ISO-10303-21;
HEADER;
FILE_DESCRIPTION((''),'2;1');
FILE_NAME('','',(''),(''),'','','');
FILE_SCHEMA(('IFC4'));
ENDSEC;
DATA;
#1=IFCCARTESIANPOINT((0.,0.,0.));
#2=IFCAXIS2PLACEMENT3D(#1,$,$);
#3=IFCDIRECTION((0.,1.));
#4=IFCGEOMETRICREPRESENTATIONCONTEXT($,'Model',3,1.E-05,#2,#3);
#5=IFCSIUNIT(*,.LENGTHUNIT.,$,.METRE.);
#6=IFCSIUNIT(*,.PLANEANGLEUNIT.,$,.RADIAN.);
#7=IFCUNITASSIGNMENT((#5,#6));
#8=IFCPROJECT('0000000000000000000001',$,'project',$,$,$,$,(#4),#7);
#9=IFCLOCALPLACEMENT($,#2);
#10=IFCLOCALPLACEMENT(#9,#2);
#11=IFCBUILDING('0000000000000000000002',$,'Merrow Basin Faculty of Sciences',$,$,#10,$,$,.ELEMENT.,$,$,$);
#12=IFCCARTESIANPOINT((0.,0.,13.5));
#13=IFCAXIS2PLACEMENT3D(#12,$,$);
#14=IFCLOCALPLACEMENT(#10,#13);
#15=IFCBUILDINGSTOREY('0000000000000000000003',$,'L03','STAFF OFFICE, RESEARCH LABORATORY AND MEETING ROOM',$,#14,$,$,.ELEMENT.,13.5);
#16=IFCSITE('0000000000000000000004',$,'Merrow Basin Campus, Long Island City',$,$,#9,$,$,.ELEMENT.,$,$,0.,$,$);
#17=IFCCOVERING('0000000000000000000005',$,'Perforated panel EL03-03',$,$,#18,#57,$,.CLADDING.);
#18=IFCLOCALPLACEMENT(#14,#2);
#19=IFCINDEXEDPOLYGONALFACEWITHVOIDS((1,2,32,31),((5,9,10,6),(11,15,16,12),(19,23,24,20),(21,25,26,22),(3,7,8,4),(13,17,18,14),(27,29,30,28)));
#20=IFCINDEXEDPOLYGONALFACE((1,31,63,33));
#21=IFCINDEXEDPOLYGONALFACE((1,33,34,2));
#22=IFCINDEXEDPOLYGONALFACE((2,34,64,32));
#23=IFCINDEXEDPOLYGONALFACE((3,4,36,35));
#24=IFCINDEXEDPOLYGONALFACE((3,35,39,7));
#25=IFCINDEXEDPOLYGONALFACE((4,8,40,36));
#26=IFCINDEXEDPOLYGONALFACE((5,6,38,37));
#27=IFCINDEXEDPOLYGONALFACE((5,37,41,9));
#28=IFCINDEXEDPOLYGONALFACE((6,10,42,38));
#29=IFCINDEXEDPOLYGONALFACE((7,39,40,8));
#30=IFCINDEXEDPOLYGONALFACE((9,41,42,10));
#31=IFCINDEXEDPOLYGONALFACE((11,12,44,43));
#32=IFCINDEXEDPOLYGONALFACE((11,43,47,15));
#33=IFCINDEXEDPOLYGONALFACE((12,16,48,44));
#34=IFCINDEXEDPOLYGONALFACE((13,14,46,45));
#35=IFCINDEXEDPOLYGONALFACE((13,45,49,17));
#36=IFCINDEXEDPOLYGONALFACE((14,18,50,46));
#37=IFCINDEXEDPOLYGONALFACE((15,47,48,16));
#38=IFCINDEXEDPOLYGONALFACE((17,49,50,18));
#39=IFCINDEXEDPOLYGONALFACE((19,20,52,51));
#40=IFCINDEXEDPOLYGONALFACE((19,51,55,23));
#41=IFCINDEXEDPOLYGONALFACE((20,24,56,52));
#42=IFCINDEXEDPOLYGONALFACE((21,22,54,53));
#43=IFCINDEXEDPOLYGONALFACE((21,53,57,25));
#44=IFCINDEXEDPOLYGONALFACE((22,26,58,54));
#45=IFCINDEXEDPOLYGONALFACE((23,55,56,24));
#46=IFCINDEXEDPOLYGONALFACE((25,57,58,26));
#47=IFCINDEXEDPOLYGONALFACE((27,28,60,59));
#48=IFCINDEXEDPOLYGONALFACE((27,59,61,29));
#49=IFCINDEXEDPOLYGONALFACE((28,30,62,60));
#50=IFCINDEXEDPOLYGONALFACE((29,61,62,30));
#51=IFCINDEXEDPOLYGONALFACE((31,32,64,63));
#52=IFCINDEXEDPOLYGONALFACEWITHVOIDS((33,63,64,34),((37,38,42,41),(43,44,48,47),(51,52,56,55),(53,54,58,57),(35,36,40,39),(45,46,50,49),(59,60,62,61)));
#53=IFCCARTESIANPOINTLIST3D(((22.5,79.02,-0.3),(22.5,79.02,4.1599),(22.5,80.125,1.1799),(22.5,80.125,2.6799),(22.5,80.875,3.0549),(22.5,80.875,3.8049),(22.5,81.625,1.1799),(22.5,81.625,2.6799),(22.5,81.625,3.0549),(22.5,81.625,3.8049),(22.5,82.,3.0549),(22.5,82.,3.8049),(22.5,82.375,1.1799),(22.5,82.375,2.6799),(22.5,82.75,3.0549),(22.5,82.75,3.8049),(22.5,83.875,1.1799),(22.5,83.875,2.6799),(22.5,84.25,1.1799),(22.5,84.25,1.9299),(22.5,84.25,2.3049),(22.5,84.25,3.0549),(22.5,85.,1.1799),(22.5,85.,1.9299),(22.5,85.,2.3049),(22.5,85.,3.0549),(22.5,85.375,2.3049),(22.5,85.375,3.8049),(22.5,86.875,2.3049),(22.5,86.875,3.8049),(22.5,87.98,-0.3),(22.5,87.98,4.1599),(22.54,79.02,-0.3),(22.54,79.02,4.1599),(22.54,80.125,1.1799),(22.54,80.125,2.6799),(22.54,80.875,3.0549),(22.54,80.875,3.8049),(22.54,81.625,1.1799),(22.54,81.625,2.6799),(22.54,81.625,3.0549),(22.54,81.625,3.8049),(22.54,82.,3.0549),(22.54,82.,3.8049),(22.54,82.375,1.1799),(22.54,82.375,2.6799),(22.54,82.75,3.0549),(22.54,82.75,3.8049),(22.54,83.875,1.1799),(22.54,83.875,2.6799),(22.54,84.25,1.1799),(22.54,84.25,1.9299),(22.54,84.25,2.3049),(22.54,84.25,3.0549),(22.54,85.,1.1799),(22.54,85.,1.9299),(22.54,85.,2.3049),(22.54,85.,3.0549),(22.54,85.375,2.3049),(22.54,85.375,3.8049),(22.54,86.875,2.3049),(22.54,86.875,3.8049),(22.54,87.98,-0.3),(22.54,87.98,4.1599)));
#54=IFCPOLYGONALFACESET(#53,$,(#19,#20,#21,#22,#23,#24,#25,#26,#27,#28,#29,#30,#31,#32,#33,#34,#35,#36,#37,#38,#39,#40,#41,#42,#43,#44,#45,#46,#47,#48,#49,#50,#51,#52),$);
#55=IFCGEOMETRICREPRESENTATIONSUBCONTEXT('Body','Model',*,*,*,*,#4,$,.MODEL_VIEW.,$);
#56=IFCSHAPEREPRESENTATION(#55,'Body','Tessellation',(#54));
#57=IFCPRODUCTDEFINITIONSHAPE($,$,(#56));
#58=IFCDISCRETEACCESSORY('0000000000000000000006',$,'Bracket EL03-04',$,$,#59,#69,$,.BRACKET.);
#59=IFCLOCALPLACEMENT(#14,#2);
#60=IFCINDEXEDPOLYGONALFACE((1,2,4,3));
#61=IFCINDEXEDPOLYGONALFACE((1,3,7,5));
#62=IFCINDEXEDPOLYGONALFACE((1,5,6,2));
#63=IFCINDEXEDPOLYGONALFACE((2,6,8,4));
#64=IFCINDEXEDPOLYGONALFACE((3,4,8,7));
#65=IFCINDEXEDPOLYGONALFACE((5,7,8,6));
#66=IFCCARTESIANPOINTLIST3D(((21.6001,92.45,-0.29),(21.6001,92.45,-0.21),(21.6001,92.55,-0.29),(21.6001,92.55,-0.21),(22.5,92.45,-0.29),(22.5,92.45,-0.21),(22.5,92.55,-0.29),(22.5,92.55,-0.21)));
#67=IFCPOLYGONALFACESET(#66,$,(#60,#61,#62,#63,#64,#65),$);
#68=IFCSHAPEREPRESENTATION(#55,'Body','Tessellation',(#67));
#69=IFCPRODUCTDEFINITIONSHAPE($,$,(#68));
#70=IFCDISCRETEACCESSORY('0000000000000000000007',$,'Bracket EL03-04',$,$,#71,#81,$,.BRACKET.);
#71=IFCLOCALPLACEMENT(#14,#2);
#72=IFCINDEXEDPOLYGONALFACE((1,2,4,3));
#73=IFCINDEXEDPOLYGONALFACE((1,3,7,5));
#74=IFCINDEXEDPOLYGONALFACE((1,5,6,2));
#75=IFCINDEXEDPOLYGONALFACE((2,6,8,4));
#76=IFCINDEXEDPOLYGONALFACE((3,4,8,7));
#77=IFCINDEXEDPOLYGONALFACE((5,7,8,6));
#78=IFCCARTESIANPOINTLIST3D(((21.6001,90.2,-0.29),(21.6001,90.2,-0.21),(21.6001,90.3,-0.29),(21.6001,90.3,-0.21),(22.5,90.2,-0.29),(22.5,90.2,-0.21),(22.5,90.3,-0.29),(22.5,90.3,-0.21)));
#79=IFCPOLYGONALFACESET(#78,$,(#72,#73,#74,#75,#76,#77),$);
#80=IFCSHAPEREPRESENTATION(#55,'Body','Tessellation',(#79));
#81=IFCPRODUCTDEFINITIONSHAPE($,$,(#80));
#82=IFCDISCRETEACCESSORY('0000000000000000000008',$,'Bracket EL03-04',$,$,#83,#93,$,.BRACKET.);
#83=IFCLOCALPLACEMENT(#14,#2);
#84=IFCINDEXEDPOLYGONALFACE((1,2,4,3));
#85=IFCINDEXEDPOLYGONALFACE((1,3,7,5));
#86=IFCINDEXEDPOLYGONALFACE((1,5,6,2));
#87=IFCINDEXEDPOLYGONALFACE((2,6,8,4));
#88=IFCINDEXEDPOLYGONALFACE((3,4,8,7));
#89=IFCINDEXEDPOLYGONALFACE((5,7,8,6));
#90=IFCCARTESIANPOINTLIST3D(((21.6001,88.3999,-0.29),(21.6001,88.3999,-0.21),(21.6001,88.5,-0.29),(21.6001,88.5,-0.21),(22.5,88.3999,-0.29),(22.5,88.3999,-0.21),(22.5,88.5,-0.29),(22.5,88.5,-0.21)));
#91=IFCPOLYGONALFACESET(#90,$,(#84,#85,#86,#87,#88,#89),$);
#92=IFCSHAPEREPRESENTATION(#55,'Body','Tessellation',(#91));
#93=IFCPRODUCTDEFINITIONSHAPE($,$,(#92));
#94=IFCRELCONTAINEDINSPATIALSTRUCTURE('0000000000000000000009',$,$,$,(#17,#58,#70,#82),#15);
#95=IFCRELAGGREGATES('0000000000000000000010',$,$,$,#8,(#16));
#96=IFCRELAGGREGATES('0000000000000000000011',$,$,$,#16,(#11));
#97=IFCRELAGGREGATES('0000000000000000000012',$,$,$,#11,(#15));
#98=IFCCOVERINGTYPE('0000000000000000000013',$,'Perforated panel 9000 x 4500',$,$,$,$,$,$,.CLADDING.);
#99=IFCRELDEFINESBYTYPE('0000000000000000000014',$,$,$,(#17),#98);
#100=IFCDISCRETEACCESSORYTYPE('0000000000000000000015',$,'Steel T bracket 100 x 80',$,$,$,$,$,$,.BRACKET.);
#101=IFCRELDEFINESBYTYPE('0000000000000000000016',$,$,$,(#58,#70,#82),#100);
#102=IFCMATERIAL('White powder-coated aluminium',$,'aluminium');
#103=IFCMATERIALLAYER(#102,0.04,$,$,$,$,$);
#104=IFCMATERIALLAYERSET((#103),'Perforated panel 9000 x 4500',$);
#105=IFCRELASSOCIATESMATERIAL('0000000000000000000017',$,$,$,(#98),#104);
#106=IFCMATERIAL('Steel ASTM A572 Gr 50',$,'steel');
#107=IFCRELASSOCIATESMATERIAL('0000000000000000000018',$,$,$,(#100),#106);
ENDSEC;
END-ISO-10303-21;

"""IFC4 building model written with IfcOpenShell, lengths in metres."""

from ifc_helpers import new_model, si_unit, direction, frame, origin, place, context, subcontext, project, spatial, polyline, outline, extrude, source, transform, mapped, material, layer, layer_set, type_object, element, save


model = new_model("IFC4")

# Units and contexts
model_context = context("Model", 3, precision=1e-05, world=origin(), true_north=direction((0.0, 1.0)))
body_context = subcontext(model_context, "Body", "Model", "MODEL_VIEW")
ifc_project = project(units=[si_unit("LENGTHUNIT", "METRE"), si_unit("PLANEANGLEUNIT", "RADIAN")], contexts=[model_context])

# Site, building, storey
site_placement = place(None, origin())
site = spatial("IfcSite", under=ifc_project, at=site_placement, Name="Merrow Basin Campus, Long Island City", CompositionType="ELEMENT", RefElevation=0.0)
building_placement = place(site_placement, origin())
building = spatial("IfcBuilding", under=site, at=building_placement, Name="Merrow Basin Faculty of Sciences", CompositionType="ELEMENT")
storey_placement = place(building_placement, frame((0.0, 0.0, 13.5)))
storey = spatial("IfcBuildingStorey", under=building, at=storey_placement, Name="L03", Description="STAFF OFFICE, RESEARCH LABORATORY AND MEETING ROOM", CompositionType="ELEMENT", Elevation=13.5)

# Covering
ifc_material_1 = material(Name="White powder-coated aluminium", Category="aluminium")
ifc_layer = layer(ifc_material_1, 0.04)
ifc_layer_set = layer_set([ifc_layer], Name="Perforated panel 9000 x 4500")
covering_type = type_object("IfcCoveringType", Name="Perforated panel 9000 x 4500", PredefinedType="CLADDING", material=ifc_layer_set)
shared_shape_1 = source(origin(), body_context, "Body", "SweptSolid", [
    extrude(outline(polyline([(0.02, 0.02), (8.98, 0.02), (8.98, 4.48), (0.02, 4.48), (0.02, 0.02)]), holes=[polyline([(6.375, 1.5), (7.875, 1.5), (7.875, 3.0), (6.375, 3.0), (6.375, 1.5)]), polyline([(4.125, 1.5), (5.625, 1.5), (5.625, 3.0), (4.125, 3.0), (4.125, 1.5)]), polyline([(3.0, 1.5), (3.75, 1.5), (3.75, 2.25), (3.0, 2.25), (3.0, 1.5)]), polyline([(3.0, 2.625), (3.75, 2.625), (3.75, 3.375), (3.0, 3.375), (3.0, 2.625)]), polyline([(1.125, 2.625), (2.625, 2.625), (2.625, 4.125), (1.125, 4.125), (1.125, 2.625)]), polyline([(6.375, 3.375), (7.125, 3.375), (7.125, 4.125), (6.375, 4.125), (6.375, 3.375)]), polyline([(5.25, 3.375), (6.0, 3.375), (6.0, 4.125), (5.25, 4.125), (5.25, 3.375)])]), origin(), (0.0, 0.0, 1.0), 0.04),
])
covering_1_placement = place(storey_placement, frame((22.54, 88.0, -0.3201), z_axis=(-1.0, 0.0, 0.0), x_axis=(0.0, -1.0, 0.0)))
element("IfcCovering", 1, at=covering_1_placement, inside=storey, type_object=covering_type, Name="Perforated panel EL03-03", PredefinedType="CLADDING", context=body_context, shape_type="MappedRepresentation", body=[
    mapped(shared_shape_1, transform((0.0, 0.0, 0.0), scale=1.0)),
])

# Discrete accessories
ifc_material_2 = material(Name="Steel ASTM A572 Gr 50", Category="steel")
discrete_accessory_type = type_object("IfcDiscreteAccessoryType", Name="Steel T bracket 100 x 80", PredefinedType="BRACKET", material=ifc_material_2)
shared_shape_2 = source(origin(), body_context, "Body", "SweptSolid", [
    extrude(outline(polyline([(0.0, 0.0), (0.1001, 0.0), (0.1001, 0.0801), (0.0, 0.0801), (0.0, 0.0)])), origin(), (0.0, 0.0, 1.0), 0.8999),
])
for number, where, z_axis, x_axis, name in (
    (2, (22.5, 92.55, -0.29), (-1.0, 0.0, 0.0), (0.0, -1.0, 0.0), "Bracket EL03-04"),
    (3, (22.5, 90.3, -0.29), (-1.0, 0.0, 0.0), (0.0, -1.0, 0.0), "Bracket EL03-04"),
    (4, (22.5, 88.5, -0.29), (-1.0, 0.0, 0.0), (0.0, -1.0, 0.0), "Bracket EL03-04"),
):
    element("IfcDiscreteAccessory", number, at=place(storey_placement, frame(where, z_axis=z_axis, x_axis=x_axis)), inside=storey, type_object=discrete_accessory_type, Name=name, PredefinedType="BRACKET", context=body_context, shape_type="MappedRepresentation", body=[
        mapped(shared_shape_2, transform((0.0, 0.0, 0.0), scale=1.0)),
    ])

save(model, "model.ifc")
